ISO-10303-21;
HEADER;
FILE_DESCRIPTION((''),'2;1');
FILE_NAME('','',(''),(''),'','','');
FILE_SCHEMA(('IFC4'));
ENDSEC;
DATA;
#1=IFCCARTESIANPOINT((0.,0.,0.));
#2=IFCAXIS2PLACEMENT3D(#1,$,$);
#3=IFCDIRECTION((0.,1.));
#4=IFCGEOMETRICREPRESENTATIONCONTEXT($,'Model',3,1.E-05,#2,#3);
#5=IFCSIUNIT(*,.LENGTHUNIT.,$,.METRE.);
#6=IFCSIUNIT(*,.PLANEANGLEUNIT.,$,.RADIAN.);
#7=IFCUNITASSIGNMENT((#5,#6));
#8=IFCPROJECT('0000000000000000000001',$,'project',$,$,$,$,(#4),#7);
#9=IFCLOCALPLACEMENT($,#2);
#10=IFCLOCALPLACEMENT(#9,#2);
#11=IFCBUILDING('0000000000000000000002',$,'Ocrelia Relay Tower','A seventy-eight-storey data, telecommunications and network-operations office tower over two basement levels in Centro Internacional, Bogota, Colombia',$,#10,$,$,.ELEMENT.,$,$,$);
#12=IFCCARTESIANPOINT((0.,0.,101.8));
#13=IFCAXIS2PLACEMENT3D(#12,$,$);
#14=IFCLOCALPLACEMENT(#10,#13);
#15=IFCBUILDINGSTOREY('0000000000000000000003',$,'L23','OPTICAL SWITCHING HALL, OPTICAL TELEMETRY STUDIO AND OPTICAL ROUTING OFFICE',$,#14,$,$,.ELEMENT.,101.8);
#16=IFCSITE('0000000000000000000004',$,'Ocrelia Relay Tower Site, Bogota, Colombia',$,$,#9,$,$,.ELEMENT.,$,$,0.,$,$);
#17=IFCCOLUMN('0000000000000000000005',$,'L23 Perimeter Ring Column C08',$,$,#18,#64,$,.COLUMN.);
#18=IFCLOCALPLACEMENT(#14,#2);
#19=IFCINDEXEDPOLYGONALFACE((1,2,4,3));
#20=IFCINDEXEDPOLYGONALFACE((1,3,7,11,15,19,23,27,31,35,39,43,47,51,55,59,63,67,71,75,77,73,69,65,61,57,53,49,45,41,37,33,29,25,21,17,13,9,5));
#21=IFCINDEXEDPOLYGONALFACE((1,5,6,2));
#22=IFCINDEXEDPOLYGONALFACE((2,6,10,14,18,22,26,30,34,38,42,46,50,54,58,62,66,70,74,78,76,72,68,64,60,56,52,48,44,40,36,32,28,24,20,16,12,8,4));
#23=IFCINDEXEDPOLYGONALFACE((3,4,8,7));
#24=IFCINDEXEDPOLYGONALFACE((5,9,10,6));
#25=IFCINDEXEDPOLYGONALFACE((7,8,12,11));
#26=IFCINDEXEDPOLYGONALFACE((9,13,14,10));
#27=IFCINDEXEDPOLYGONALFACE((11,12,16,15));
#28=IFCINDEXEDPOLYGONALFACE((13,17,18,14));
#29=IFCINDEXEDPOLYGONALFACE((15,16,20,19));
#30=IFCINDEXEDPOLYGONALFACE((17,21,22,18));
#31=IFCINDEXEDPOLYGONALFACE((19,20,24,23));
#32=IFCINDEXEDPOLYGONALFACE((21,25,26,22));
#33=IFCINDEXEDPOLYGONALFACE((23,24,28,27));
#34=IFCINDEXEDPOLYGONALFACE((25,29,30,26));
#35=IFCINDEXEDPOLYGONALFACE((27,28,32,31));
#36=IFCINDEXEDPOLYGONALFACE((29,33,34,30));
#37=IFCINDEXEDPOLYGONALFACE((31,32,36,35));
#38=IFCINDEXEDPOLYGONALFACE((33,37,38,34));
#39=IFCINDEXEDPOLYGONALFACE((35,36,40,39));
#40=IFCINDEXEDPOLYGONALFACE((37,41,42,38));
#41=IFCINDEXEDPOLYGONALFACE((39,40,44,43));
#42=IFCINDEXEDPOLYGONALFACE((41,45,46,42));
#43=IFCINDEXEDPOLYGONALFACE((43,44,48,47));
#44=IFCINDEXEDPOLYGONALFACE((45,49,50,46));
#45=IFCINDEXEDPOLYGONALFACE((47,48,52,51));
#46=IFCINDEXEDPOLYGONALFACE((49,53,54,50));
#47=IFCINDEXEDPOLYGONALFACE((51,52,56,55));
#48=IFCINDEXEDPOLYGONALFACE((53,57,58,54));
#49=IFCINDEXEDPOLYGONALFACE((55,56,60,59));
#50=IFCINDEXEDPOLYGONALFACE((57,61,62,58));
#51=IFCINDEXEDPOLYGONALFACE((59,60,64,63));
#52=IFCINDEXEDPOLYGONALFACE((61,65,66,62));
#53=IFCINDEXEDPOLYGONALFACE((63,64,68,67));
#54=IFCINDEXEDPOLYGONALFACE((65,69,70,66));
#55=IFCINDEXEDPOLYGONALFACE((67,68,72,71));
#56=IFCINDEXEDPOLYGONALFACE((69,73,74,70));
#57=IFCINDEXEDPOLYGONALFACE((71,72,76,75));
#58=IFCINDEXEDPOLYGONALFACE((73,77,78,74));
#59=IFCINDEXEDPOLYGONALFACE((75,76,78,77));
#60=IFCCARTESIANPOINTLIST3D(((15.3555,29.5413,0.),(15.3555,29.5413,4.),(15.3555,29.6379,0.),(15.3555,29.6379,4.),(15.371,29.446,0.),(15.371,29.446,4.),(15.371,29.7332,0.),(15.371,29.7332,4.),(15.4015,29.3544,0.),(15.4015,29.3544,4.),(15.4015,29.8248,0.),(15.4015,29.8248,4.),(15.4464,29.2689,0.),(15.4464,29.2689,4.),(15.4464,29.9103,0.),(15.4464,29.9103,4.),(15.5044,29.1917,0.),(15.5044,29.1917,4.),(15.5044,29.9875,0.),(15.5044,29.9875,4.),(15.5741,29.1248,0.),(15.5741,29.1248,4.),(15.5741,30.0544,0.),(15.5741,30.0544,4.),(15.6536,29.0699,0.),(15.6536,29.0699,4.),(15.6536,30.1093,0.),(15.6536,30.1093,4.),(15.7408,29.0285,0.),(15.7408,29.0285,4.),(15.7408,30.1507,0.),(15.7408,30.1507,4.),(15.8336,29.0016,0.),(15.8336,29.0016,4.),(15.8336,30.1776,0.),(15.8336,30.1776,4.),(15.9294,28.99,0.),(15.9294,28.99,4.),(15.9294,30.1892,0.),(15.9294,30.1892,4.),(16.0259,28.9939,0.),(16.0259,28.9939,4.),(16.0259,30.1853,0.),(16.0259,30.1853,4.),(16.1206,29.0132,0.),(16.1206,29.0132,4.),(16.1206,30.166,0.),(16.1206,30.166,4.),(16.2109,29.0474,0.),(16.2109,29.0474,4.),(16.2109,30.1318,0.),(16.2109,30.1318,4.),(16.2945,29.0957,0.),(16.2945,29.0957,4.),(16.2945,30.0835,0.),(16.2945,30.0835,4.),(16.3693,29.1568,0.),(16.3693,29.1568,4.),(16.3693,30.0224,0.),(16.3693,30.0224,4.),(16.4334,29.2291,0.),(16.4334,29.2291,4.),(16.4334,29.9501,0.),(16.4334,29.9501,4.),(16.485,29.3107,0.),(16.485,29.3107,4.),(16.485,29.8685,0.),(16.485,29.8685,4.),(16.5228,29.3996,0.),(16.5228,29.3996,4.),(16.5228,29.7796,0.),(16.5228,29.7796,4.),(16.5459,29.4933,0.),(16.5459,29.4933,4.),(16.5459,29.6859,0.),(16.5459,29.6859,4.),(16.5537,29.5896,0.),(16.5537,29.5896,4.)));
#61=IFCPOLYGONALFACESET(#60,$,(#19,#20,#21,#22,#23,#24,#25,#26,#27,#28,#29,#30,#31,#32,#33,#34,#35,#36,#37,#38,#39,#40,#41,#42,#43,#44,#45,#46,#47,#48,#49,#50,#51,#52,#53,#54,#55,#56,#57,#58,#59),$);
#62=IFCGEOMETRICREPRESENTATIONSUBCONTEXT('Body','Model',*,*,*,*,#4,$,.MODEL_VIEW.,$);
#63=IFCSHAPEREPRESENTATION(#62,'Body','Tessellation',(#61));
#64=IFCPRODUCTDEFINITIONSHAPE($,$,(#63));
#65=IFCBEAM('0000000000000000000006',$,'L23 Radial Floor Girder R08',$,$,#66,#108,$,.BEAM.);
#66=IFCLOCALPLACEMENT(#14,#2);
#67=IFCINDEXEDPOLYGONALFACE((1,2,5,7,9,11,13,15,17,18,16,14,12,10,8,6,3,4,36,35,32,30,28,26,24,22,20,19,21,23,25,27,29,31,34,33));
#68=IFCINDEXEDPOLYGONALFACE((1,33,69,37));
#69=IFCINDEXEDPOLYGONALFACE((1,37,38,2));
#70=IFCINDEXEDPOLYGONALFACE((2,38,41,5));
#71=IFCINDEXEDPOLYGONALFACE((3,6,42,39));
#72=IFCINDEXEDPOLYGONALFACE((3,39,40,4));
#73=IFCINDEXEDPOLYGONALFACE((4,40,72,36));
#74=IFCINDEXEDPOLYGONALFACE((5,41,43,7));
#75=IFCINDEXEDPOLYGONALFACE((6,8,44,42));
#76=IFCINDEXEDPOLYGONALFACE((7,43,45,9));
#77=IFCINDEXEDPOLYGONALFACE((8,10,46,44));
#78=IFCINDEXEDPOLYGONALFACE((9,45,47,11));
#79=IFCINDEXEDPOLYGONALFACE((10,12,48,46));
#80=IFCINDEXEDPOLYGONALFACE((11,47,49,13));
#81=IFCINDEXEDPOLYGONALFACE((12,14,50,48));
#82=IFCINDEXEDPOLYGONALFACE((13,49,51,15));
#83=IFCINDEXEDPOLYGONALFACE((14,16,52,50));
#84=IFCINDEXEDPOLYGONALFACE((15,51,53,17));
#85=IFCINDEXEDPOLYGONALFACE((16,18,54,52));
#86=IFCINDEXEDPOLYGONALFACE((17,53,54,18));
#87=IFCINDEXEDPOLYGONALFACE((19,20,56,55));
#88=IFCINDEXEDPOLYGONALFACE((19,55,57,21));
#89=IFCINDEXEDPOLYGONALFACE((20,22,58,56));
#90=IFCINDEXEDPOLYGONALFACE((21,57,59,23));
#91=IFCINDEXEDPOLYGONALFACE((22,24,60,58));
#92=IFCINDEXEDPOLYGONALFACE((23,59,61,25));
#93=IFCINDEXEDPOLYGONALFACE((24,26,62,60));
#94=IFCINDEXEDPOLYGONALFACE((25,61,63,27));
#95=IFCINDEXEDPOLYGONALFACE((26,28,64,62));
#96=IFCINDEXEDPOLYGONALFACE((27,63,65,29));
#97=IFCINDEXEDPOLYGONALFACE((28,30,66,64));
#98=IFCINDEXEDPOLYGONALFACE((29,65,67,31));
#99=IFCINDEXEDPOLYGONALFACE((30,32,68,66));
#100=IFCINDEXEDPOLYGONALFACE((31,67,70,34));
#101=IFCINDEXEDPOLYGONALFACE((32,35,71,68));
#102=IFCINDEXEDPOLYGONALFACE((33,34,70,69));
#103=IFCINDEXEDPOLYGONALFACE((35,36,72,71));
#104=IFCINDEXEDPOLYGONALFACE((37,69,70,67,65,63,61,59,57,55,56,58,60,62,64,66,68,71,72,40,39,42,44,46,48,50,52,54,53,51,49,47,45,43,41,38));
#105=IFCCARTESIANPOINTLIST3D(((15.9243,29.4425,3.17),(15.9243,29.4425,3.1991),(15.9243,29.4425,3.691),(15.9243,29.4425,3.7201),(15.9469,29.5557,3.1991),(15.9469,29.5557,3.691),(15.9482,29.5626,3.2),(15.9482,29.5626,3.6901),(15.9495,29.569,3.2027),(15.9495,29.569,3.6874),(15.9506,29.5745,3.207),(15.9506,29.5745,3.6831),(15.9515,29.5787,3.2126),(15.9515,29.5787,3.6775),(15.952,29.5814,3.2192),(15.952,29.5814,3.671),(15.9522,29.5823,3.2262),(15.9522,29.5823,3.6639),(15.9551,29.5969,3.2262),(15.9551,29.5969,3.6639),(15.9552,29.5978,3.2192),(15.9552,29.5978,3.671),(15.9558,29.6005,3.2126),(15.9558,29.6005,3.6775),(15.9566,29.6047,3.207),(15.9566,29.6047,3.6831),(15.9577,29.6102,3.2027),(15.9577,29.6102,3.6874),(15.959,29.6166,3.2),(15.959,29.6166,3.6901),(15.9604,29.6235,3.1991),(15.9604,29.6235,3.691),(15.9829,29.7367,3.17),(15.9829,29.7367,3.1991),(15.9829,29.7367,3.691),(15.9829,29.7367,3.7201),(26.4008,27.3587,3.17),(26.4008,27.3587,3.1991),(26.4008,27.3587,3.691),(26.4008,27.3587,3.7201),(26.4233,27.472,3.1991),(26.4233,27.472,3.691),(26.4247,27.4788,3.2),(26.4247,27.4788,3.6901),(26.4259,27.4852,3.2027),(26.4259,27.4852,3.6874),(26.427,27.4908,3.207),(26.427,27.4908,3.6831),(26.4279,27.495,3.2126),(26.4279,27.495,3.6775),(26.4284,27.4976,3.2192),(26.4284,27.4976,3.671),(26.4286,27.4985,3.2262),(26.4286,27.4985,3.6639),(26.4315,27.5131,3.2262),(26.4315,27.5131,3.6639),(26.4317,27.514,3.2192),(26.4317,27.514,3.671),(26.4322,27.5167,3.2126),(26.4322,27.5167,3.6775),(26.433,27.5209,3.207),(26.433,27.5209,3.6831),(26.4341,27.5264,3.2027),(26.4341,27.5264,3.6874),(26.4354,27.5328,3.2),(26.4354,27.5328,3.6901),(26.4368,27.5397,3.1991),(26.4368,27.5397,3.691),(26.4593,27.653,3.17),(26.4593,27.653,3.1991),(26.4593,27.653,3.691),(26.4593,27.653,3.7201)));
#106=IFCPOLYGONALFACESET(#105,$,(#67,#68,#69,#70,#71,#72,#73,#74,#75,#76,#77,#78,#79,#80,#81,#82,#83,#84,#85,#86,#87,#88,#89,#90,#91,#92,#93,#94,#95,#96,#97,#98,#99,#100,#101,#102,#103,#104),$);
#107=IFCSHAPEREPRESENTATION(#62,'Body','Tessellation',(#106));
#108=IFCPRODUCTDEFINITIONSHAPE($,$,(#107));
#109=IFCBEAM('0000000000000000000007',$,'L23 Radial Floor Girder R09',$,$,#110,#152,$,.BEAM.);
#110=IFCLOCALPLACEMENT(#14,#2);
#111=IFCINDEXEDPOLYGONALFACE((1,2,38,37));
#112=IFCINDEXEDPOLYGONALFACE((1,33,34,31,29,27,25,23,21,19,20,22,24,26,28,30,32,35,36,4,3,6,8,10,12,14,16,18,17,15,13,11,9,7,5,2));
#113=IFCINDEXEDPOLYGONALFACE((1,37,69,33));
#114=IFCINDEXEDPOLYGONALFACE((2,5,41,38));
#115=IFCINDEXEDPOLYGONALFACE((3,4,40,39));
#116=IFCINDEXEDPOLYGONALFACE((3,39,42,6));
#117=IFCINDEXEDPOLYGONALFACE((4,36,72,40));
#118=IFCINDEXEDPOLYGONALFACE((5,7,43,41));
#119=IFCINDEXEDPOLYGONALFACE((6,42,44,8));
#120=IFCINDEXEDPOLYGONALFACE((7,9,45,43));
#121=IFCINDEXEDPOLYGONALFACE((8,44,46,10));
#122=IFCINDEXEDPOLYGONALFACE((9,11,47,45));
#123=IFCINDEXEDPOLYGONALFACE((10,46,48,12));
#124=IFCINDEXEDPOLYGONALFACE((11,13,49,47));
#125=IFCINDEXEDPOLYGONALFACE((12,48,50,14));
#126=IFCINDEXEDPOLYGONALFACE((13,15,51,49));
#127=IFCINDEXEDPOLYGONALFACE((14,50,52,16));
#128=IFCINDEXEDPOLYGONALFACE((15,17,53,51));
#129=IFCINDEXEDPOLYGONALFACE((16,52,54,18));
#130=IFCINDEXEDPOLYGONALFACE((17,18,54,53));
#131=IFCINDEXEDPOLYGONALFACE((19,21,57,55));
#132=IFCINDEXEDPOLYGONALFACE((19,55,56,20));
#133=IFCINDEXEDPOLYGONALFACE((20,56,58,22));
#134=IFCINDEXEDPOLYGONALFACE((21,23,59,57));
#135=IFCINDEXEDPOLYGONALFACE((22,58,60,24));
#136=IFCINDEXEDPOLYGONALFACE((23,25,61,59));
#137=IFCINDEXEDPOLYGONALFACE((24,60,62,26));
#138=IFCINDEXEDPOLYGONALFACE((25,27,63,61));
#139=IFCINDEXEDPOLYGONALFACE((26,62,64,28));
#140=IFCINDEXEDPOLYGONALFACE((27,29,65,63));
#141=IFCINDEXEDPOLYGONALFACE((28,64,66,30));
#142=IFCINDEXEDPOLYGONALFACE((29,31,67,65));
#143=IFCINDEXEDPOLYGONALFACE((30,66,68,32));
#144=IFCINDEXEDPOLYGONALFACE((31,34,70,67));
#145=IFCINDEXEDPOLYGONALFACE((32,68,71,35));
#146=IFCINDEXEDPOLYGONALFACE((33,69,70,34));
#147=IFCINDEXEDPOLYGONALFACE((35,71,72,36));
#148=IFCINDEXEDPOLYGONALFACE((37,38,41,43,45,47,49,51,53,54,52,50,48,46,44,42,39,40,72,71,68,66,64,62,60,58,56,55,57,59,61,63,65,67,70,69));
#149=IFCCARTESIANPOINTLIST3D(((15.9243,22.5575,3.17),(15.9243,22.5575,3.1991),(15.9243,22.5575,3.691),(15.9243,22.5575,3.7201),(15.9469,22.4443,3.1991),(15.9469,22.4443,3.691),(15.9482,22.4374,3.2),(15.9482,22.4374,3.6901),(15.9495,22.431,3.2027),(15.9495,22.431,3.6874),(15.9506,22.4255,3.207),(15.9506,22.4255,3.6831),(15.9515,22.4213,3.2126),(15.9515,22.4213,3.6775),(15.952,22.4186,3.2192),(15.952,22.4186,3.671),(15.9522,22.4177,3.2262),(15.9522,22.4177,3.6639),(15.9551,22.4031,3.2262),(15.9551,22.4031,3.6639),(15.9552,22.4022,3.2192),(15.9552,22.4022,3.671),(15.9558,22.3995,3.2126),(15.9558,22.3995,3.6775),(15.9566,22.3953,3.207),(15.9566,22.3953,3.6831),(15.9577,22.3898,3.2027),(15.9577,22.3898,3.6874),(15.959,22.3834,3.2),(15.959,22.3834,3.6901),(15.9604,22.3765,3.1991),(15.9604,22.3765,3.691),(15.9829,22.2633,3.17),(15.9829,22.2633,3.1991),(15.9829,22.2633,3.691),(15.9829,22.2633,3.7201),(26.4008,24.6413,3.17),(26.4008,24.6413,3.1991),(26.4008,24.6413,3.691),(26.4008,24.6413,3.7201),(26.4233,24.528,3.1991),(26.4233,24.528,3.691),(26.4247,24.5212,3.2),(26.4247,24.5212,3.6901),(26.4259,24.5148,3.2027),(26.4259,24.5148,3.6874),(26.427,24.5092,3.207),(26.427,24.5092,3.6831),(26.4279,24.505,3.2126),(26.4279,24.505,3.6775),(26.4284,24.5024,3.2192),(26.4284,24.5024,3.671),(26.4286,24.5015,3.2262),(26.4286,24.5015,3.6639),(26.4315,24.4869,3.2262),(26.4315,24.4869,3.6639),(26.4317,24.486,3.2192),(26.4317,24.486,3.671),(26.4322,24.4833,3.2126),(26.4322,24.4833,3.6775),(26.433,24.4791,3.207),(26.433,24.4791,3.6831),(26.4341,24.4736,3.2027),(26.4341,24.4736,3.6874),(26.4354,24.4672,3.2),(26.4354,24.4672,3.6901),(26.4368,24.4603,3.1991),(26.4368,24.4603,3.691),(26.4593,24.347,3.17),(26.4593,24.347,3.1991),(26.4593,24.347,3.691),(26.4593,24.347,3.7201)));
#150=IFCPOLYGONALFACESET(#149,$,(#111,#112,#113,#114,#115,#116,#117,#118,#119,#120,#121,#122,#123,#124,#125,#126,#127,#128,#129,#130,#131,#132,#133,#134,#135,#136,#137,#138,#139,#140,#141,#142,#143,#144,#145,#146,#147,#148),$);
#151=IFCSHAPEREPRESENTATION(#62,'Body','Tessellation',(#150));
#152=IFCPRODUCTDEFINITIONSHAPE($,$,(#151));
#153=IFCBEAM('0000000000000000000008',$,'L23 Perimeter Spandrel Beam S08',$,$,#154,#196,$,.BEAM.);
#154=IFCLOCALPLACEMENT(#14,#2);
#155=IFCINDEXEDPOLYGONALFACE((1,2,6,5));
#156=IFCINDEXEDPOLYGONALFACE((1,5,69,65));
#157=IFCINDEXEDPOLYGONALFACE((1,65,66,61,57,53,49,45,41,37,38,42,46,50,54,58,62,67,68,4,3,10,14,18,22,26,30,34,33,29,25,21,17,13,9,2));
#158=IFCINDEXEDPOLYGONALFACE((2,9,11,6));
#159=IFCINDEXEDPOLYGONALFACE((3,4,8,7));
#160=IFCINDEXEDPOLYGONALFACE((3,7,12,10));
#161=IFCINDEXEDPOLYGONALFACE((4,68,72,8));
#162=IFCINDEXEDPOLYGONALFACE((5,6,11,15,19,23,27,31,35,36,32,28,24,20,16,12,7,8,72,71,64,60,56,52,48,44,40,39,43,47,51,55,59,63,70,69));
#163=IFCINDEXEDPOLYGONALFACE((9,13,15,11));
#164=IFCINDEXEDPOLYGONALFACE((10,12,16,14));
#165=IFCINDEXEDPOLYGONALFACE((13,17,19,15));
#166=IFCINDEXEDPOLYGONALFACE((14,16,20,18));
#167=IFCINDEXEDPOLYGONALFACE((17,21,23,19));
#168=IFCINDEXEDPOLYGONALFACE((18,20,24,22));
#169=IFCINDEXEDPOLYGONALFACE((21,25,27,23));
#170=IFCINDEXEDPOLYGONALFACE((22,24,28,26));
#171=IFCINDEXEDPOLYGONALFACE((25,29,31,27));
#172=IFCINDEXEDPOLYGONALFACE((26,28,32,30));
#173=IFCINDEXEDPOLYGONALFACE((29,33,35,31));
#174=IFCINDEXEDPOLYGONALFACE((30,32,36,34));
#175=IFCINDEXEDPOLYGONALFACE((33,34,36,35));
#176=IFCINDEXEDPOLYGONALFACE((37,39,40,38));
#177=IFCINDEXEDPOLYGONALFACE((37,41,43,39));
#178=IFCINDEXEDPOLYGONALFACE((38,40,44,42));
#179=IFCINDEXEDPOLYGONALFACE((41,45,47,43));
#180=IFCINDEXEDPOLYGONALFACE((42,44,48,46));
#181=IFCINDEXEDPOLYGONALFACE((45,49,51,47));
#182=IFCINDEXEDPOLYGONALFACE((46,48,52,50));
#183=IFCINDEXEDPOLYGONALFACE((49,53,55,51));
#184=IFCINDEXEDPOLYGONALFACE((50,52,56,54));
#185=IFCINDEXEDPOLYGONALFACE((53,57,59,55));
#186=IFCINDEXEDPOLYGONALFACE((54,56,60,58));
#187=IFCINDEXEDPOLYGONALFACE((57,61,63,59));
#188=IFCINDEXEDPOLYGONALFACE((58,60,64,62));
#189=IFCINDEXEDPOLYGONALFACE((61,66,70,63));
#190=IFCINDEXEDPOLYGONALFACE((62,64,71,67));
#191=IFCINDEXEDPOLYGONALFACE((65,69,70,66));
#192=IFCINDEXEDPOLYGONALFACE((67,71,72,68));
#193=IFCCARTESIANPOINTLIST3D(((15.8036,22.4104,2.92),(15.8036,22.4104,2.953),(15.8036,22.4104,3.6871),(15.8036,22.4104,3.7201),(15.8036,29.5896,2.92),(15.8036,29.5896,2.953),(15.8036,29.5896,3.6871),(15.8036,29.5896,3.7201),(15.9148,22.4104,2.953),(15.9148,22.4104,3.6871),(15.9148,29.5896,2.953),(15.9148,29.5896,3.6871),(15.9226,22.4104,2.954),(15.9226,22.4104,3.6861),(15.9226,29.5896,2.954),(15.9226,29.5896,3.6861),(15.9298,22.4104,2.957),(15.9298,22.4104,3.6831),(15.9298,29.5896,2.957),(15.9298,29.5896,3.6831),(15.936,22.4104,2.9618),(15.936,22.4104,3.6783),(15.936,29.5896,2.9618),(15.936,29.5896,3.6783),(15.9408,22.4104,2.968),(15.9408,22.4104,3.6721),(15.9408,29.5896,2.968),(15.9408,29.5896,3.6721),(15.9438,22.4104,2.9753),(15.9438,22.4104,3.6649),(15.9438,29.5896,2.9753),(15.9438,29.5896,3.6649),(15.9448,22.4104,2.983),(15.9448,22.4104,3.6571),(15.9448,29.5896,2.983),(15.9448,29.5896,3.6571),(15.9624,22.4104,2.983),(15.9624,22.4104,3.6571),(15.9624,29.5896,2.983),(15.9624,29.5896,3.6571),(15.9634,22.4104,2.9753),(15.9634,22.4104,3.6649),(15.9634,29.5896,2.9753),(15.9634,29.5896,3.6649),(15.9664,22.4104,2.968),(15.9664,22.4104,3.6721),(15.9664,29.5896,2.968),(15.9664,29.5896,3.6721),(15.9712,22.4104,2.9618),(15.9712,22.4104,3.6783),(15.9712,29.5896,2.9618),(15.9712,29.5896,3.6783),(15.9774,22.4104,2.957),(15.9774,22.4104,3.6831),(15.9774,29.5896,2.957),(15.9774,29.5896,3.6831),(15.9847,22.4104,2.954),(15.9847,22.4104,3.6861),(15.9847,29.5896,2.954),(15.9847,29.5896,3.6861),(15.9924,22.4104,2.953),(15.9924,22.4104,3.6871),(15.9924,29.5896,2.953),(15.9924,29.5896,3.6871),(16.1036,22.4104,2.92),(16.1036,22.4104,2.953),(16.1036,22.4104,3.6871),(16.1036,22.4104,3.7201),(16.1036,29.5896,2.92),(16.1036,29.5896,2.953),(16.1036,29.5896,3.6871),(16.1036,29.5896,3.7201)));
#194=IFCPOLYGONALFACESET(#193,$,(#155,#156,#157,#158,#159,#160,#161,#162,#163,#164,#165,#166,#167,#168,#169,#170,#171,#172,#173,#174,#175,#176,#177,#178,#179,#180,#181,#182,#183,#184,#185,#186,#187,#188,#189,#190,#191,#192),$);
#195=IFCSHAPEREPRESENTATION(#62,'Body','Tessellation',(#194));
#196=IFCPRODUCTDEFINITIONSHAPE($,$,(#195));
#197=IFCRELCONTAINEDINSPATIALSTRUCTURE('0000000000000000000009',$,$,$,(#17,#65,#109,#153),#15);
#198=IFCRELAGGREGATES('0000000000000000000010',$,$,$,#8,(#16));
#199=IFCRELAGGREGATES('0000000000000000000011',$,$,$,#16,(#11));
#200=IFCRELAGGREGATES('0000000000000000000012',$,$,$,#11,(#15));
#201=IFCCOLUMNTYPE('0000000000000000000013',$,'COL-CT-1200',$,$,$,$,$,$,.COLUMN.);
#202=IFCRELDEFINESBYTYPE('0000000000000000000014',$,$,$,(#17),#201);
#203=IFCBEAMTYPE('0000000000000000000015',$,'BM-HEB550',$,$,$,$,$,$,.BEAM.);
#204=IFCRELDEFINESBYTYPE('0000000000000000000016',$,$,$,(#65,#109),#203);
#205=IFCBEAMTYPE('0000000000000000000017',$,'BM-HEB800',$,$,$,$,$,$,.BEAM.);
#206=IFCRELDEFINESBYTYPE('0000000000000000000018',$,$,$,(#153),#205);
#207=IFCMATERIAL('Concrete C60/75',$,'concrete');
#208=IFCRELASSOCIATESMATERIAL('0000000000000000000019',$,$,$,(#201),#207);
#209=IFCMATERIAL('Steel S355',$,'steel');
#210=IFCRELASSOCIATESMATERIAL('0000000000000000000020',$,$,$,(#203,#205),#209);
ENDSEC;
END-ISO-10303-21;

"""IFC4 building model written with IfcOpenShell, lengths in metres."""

from ifc_helpers import new_model, si_unit, direction, frame, origin, origin_2d, place, context, subcontext, project, spatial, circle, i_section, extrude, material, material_profile, profile_set, type_object, element, save


model = new_model("IFC4")

# Units and contexts
model_context = context("Model", 3, precision=1e-05, world=origin(), true_north=direction((0.0, 1.0)))
body_context = subcontext(model_context, "Body", "Model", "MODEL_VIEW")
ifc_project = project(units=[si_unit("LENGTHUNIT", "METRE"), si_unit("PLANEANGLEUNIT", "RADIAN")], contexts=[model_context])

# Site, building, storey
site_placement = place(None, origin())
site = spatial("IfcSite", under=ifc_project, at=site_placement, Name="Ocrelia Relay Tower Site, Bogota, Colombia", CompositionType="ELEMENT", RefElevation=0.0)
building_placement = place(site_placement, origin())
building = spatial("IfcBuilding", under=site, at=building_placement, Name="Ocrelia Relay Tower", Description="A seventy-eight-storey data, telecommunications and network-operations office tower over two basement levels in Centro Internacional, Bogota, Colombia", CompositionType="ELEMENT")
storey_placement = place(building_placement, frame((0.0, 0.0, 101.8)))
storey = spatial("IfcBuildingStorey", under=building, at=storey_placement, Name="L23", Description="OPTICAL SWITCHING HALL, OPTICAL TELEMETRY STUDIO AND OPTICAL ROUTING OFFICE", CompositionType="ELEMENT", Elevation=101.8)

# Column
ifc_material_1 = material(Name="Concrete C60/75", Category="concrete")
ifc_material_profile_1 = material_profile(ifc_material_1, circle(Radius=0.6001, at=origin_2d()), Name="RC-CIR-1200")
ifc_profile_set_1 = profile_set([ifc_material_profile_1], Name="Concrete C60/75")
column_type = type_object("IfcColumnType", Name="COL-CT-1200", PredefinedType="COLUMN", material=ifc_profile_set_1)
column_placement = place(storey_placement, frame((15.9536, 29.5896, 0.0), z_axis=(0.0, 0.0, 1.0), x_axis=(1.0, 0.0, 0.0)))
element("IfcColumn", 1, at=column_placement, inside=storey, type_object=column_type, Name="L23 Perimeter Ring Column C08", PredefinedType="COLUMN", context=body_context, shape_type="SweptSolid", body=[
    extrude(circle(Radius=0.6001, at=origin_2d()), origin(), (0.0, 0.0, 1.0), 4.0),
])

# Beams
ifc_material_2 = material(Name="Steel S355", Category="steel")
ifc_material_profile_2 = material_profile(ifc_material_2, i_section(OverallWidth=0.3, OverallDepth=0.55, WebThickness=0.0149, FlangeThickness=0.0291, FilletRadius=0.0271, at=origin_2d()), Name="HEB 550")
ifc_profile_set_2 = profile_set([ifc_material_profile_2], Name="Steel S355")
beam_type_1 = type_object("IfcBeamType", Name="BM-HEB550", PredefinedType="BEAM", material=ifc_profile_set_2)
for number, where, z_axis, x_axis, name in (
    (2, (15.9536, 29.5896, 3.4451), (0.980788, -0.195079, 0.0), (0.195079, 0.980788, 0.0), "L23 Radial Floor Girder R08"),
    (3, (15.9536, 22.4104, 3.4451), (0.980788, 0.195079, 0.0), (-0.195079, 0.980788, 0.0), "L23 Radial Floor Girder R09"),
):
    element("IfcBeam", number, at=place(storey_placement, frame(where, z_axis=z_axis, x_axis=x_axis)), inside=storey, type_object=beam_type_1, Name=name, PredefinedType="BEAM", context=body_context, shape_type="SweptSolid", body=[
        extrude(i_section(OverallWidth=0.3, OverallDepth=0.55, WebThickness=0.0149, FlangeThickness=0.0291, FilletRadius=0.0271, at=origin_2d()), origin(), (0.0, 0.0, 1.0), 10.6816),
    ])
ifc_material_profile_3 = material_profile(ifc_material_2, i_section(OverallWidth=0.3, OverallDepth=0.8, WebThickness=0.0176, FlangeThickness=0.033, FilletRadius=0.03, at=origin_2d()), Name="HEB 800")
ifc_profile_set_3 = profile_set([ifc_material_profile_3], Name="Steel S355")
beam_type_2 = type_object("IfcBeamType", Name="BM-HEB800", PredefinedType="BEAM", material=ifc_profile_set_3)
for number, where, z_axis, x_axis, name in (
    (4, (15.9536, 29.5896, 3.3201), (0.0, -1.0, 0.0), (1.0, 0.0, 0.0), "L23 Perimeter Spandrel Beam S08"),
):
    element("IfcBeam", number, at=place(storey_placement, frame(where, z_axis=z_axis, x_axis=x_axis)), inside=storey, type_object=beam_type_2, Name=name, PredefinedType="BEAM", context=body_context, shape_type="SweptSolid", body=[
        extrude(i_section(OverallWidth=0.3, OverallDepth=0.8, WebThickness=0.0176, FlangeThickness=0.033, FilletRadius=0.03, at=origin_2d()), origin(), (0.0, 0.0, 1.0), 7.1792),
    ])

save(model, "model.ifc")
